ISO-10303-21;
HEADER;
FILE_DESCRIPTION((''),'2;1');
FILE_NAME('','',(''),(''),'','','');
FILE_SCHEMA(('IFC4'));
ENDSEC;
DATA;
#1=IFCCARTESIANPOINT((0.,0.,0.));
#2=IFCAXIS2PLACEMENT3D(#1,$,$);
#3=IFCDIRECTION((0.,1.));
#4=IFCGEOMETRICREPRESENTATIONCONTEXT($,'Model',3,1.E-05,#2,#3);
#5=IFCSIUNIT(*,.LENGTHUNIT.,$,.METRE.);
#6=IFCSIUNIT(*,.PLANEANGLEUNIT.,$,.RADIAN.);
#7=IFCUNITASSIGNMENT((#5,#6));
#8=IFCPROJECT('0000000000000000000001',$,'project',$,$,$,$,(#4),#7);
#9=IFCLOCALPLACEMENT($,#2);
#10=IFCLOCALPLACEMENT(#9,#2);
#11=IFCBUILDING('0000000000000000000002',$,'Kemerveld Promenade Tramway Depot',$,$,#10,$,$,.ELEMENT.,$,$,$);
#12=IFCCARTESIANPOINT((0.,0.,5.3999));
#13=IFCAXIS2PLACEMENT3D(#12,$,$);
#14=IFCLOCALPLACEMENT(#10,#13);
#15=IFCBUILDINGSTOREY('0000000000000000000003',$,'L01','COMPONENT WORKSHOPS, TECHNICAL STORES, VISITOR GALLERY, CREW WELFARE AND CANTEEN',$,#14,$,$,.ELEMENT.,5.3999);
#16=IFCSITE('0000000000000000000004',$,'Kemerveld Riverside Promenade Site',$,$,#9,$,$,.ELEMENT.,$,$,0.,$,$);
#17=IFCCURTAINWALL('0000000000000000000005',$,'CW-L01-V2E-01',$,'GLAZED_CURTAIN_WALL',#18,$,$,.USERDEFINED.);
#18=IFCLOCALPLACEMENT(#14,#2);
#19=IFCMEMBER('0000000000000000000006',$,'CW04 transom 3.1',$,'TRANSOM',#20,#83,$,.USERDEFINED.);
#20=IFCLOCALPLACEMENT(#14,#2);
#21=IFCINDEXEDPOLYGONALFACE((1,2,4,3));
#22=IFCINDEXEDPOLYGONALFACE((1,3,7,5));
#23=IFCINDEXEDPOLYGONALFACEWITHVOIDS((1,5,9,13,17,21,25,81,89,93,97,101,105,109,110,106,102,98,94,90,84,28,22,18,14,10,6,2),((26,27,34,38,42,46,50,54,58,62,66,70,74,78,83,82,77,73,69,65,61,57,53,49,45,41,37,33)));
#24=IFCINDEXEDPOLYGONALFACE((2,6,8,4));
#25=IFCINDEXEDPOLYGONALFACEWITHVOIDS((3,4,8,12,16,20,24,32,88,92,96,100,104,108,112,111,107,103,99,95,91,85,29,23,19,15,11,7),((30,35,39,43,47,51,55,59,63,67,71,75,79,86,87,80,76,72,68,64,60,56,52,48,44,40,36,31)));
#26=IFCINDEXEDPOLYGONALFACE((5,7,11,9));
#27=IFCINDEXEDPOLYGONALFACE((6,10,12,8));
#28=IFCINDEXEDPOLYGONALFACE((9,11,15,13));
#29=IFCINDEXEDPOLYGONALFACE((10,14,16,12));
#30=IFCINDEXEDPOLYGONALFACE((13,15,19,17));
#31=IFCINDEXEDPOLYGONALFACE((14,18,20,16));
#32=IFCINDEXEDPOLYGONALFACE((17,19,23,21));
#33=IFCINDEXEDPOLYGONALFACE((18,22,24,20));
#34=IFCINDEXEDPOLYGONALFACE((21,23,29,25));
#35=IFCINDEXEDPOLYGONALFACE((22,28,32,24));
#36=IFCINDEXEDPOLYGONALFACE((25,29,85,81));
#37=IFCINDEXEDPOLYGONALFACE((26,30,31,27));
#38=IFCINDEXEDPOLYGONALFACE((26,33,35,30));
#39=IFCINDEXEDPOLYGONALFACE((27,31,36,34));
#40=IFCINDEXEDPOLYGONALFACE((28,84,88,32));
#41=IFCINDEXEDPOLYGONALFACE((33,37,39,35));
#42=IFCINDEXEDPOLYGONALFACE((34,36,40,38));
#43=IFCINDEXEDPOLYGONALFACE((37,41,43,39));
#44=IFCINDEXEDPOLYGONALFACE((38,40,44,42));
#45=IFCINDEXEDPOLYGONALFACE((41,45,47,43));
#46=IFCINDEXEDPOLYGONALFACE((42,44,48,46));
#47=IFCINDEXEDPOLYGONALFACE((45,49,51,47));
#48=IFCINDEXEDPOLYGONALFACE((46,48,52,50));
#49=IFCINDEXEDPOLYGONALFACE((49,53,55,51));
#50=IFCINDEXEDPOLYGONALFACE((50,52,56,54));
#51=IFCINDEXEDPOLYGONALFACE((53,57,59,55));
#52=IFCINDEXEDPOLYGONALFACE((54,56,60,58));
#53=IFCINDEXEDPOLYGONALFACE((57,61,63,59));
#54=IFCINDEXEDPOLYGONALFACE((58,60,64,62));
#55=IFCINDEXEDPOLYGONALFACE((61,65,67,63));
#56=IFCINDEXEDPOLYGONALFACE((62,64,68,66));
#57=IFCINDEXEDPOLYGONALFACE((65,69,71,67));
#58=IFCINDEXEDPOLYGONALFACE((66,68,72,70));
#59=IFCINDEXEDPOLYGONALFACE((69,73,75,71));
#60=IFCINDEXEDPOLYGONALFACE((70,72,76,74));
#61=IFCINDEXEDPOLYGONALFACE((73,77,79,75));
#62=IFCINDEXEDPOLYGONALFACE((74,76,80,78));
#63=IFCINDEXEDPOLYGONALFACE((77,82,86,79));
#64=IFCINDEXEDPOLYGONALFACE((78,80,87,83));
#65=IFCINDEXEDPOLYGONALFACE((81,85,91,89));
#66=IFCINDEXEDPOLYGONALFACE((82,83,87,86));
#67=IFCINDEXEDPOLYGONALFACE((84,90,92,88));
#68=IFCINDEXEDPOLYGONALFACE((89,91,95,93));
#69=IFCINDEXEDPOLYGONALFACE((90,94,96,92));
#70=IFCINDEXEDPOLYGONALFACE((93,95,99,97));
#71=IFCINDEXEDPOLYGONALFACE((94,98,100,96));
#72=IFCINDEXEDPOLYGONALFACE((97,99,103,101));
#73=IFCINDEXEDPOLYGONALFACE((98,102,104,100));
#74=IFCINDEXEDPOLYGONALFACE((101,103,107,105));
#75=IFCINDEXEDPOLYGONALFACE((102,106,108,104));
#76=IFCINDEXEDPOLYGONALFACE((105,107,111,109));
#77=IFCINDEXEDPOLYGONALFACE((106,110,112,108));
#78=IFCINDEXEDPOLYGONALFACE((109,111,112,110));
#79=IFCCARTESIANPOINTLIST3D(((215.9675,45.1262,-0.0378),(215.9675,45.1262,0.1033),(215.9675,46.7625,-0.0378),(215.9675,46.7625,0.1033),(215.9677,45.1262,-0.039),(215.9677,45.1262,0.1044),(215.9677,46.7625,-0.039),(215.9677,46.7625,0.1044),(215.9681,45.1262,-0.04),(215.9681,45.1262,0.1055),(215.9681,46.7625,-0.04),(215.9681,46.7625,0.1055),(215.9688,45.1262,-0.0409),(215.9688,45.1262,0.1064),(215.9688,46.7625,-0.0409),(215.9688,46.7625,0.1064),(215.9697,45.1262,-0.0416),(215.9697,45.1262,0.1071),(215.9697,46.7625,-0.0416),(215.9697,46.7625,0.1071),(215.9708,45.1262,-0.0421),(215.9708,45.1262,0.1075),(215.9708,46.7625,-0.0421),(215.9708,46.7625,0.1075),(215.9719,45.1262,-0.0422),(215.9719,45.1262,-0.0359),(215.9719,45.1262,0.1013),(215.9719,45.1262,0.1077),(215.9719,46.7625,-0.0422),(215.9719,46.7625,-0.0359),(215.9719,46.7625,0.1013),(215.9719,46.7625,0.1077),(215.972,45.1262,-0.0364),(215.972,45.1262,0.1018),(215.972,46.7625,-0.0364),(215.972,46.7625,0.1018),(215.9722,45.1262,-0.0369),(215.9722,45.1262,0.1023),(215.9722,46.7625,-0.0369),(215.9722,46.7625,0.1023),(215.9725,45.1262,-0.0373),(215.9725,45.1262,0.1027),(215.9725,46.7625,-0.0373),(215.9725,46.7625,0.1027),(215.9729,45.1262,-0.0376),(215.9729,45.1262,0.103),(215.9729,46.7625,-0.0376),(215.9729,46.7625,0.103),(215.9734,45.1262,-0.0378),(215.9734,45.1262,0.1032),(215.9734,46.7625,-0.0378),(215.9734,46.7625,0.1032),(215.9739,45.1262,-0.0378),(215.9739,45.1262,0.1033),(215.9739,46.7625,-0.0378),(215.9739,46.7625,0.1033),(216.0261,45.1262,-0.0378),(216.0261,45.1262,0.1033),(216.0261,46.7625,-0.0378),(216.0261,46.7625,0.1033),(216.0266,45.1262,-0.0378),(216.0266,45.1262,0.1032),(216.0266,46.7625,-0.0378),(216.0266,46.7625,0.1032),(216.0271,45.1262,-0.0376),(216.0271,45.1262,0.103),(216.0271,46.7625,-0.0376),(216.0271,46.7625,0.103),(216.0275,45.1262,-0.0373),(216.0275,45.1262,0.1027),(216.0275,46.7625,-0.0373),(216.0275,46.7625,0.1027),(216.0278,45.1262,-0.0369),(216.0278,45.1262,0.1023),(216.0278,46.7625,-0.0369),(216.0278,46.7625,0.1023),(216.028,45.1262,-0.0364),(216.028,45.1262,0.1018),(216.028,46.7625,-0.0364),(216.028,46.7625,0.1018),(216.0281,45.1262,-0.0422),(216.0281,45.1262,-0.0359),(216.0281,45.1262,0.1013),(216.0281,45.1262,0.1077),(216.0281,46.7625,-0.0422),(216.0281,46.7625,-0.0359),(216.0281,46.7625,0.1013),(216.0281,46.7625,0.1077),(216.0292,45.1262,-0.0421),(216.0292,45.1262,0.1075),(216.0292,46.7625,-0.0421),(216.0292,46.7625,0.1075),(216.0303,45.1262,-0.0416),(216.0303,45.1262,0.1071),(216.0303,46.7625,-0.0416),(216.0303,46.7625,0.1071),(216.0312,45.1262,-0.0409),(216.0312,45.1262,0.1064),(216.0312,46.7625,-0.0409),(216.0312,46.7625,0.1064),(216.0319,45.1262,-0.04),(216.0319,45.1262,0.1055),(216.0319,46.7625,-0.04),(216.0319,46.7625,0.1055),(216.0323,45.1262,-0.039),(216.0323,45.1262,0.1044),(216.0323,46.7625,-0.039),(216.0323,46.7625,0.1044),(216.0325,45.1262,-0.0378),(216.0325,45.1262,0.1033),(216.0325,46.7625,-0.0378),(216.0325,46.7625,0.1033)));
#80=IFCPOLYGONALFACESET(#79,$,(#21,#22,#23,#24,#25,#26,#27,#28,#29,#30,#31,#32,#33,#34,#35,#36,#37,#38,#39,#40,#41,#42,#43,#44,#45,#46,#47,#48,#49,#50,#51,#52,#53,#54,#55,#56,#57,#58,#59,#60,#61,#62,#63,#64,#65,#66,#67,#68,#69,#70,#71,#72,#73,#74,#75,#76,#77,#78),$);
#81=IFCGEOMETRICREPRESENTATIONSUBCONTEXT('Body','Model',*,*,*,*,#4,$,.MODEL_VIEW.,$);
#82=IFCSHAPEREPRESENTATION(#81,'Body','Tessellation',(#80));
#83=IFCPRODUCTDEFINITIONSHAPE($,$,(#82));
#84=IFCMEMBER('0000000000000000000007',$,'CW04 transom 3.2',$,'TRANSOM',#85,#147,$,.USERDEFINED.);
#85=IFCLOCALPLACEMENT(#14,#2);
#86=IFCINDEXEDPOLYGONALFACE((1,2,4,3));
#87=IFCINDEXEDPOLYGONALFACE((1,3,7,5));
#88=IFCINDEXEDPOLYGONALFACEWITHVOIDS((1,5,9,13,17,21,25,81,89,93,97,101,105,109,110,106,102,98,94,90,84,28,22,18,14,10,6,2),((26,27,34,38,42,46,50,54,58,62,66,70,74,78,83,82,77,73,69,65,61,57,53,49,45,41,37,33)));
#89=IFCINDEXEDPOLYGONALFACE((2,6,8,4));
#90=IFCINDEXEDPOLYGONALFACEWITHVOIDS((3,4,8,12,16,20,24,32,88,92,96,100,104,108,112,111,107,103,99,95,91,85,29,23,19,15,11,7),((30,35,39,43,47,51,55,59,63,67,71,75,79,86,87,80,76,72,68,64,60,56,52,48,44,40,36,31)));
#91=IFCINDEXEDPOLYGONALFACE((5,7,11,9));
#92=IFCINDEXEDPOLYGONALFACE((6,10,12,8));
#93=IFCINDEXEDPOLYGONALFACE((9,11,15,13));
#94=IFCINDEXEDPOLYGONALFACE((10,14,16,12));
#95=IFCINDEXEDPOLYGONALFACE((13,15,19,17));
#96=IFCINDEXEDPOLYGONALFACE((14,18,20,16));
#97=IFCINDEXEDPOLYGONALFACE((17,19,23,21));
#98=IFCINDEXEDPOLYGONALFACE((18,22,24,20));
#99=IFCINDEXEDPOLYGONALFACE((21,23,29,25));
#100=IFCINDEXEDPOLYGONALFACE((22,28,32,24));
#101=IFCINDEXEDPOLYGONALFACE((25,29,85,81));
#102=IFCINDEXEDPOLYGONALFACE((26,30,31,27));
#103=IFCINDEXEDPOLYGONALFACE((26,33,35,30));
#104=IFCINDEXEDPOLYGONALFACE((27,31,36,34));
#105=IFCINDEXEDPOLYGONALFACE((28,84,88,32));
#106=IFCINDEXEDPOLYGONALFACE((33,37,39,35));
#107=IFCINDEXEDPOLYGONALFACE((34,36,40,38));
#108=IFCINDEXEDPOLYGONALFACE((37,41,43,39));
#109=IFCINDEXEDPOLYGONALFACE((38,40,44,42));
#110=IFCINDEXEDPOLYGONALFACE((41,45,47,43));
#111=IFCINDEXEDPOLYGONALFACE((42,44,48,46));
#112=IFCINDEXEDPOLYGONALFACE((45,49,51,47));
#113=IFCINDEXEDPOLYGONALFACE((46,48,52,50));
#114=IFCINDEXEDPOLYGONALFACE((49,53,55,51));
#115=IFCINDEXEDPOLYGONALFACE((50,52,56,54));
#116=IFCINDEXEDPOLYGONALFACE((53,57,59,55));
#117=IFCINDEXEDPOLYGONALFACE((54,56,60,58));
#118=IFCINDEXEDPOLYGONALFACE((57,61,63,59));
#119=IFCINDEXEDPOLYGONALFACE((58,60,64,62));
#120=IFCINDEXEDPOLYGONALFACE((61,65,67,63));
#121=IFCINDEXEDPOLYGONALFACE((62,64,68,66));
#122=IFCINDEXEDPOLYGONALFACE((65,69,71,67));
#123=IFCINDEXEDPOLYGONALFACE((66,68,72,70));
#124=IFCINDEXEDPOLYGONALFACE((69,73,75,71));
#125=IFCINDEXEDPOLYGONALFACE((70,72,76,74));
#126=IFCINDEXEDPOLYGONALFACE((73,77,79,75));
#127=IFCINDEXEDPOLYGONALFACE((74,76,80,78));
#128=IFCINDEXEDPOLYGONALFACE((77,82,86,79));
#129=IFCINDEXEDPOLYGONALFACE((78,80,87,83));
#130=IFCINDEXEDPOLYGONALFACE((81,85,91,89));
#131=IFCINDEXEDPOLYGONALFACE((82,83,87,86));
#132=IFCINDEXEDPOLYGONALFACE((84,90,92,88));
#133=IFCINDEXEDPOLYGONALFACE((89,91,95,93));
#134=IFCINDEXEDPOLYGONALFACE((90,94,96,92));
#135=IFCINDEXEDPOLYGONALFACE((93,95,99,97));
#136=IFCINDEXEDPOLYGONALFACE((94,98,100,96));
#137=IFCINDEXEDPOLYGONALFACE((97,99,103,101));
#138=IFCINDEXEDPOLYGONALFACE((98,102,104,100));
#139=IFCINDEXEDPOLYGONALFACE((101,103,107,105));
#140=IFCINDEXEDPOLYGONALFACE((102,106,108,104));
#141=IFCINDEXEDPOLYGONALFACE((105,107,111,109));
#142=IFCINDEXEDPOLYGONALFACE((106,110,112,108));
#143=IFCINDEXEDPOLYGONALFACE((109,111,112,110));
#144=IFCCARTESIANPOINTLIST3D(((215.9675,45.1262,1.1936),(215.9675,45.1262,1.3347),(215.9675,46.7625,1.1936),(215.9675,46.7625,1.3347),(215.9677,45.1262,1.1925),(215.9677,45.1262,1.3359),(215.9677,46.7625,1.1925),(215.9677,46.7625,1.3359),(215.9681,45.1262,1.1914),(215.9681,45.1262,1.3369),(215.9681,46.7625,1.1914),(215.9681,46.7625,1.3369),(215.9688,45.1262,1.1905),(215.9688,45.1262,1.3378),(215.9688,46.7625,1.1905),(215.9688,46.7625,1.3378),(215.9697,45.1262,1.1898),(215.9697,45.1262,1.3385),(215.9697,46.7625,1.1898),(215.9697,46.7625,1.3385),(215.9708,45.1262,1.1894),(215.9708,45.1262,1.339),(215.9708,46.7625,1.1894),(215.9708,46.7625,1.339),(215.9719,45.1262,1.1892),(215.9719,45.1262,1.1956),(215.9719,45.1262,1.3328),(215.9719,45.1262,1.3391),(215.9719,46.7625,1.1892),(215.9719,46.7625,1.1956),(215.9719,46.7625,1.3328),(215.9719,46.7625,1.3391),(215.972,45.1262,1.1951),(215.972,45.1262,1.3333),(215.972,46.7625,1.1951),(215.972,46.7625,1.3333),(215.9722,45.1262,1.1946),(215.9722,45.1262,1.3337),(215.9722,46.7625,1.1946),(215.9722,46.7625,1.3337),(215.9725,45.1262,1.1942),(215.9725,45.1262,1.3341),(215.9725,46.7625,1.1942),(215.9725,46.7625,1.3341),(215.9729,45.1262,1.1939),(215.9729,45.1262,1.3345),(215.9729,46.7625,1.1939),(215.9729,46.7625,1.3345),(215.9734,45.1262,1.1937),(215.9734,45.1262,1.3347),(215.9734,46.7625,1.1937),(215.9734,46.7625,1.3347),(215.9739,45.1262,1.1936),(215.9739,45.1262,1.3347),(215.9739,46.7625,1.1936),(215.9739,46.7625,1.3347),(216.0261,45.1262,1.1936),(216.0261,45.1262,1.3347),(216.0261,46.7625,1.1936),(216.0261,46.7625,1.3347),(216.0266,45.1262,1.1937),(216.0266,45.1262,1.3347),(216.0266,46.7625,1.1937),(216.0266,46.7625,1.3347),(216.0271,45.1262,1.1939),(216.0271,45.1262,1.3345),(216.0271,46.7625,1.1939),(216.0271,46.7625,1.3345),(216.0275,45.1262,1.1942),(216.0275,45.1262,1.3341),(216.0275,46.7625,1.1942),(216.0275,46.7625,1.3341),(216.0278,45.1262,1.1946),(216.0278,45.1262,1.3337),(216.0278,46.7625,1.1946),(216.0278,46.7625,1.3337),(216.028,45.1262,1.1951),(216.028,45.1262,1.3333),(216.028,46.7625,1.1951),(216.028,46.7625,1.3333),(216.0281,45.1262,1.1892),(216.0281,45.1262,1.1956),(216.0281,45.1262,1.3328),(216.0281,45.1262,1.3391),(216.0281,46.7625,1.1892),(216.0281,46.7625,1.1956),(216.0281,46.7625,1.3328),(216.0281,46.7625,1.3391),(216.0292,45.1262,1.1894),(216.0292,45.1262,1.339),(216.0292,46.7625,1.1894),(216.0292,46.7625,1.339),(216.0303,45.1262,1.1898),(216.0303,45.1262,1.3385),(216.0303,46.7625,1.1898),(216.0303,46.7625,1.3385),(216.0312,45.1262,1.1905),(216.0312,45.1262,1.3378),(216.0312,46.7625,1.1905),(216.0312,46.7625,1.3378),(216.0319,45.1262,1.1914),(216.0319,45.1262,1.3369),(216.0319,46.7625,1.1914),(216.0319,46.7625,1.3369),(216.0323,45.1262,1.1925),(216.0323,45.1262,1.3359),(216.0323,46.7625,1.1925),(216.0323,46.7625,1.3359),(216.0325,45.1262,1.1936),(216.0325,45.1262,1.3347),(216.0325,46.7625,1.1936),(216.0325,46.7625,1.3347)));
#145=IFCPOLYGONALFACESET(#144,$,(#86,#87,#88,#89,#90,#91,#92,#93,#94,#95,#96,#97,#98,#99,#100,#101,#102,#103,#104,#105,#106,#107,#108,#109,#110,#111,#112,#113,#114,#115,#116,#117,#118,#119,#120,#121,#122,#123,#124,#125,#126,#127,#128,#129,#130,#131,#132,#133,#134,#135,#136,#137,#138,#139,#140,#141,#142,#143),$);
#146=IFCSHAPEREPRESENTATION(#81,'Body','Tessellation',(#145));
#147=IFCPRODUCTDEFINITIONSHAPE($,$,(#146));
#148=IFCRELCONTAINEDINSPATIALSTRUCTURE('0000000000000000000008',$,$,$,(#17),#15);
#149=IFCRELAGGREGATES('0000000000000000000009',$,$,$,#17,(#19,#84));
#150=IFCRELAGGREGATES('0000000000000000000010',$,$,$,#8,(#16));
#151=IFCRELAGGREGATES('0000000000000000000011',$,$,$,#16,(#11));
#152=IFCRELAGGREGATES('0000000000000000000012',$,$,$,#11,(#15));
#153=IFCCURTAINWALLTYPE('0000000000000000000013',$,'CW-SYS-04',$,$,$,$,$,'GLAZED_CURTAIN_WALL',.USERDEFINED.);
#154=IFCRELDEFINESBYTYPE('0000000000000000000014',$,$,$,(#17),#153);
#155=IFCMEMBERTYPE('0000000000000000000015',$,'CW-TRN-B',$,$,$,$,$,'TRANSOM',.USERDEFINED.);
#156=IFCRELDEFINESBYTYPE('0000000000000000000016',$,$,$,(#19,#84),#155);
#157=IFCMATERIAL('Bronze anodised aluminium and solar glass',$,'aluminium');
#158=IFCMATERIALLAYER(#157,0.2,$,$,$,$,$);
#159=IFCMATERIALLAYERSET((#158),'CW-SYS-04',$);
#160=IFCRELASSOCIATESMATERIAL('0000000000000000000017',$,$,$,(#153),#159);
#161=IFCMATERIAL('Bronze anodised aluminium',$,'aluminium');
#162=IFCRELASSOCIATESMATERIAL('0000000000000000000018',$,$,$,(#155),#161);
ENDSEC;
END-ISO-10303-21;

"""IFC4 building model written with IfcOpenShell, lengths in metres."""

from ifc_helpers import new_model, si_unit, direction, frame, origin, origin_2d, place, context, subcontext, project, spatial, hollow_rectangle, extrude, material, layer, layer_set, material_profile, profile_set, type_object, element, aggregate, save


model = new_model("IFC4")

# Units and contexts
model_context = context("Model", 3, precision=1e-05, world=origin(), true_north=direction((0.0, 1.0)))
body_context = subcontext(model_context, "Body", "Model", "MODEL_VIEW")
ifc_project = project(units=[si_unit("LENGTHUNIT", "METRE"), si_unit("PLANEANGLEUNIT", "RADIAN")], contexts=[model_context])

# Site, building, storey
site_placement = place(None, origin())
site = spatial("IfcSite", under=ifc_project, at=site_placement, Name="Kemerveld Riverside Promenade Site", CompositionType="ELEMENT", RefElevation=0.0)
building_placement = place(site_placement, origin())
building = spatial("IfcBuilding", under=site, at=building_placement, Name="Kemerveld Promenade Tramway Depot", CompositionType="ELEMENT")
storey_placement = place(building_placement, frame((0.0, 0.0, 5.3999)))
storey = spatial("IfcBuildingStorey", under=building, at=storey_placement, Name="L01", Description="COMPONENT WORKSHOPS, TECHNICAL STORES, VISITOR GALLERY, CREW WELFARE AND CANTEEN", CompositionType="ELEMENT", Elevation=5.3999)

# Shared definitions
ifc_material_1 = material(Name="Bronze anodised aluminium and solar glass", Category="aluminium")
ifc_material_2 = material(Name="Bronze anodised aluminium", Category="aluminium")

# Curtain wall, members
ifc_layer_1 = layer(ifc_material_1, 0.2)
ifc_layer_set_1 = layer_set([ifc_layer_1], Name="CW-SYS-04")
curtain_wall_type_1 = type_object("IfcCurtainWallType", Name="CW-SYS-04", ElementType="GLAZED_CURTAIN_WALL", PredefinedType="USERDEFINED", material=ifc_layer_set_1)
curtain_wall_1_placement = place(storey_placement, origin())
curtain_wall_1 = element("IfcCurtainWall", 1, at=curtain_wall_1_placement, inside=storey, type_object=curtain_wall_type_1, Name="CW-L01-V2E-01", ObjectType="GLAZED_CURTAIN_WALL", PredefinedType="USERDEFINED")
ifc_material_profile_1 = material_profile(ifc_material_2, hollow_rectangle(XDim=0.0649, YDim=0.1499, WallThickness=0.0044, InnerFilletRadius=0.002, OuterFilletRadius=0.0044, at=origin_2d()), Name="CW-TRN-150x65")
ifc_profile_set_1 = profile_set([ifc_material_profile_1], Name="Bronze anodised aluminium")
member_type_1 = type_object("IfcMemberType", Name="CW-TRN-B", ElementType="TRANSOM", PredefinedType="USERDEFINED", material=ifc_profile_set_1)
member_1_placement = place(storey_placement, frame((216.0, 46.7625, 0.0327), z_axis=(0.0, -1.0, 0.0), x_axis=(1.0, 0.0, 0.0)))
member_1 = element("IfcMember", 2, at=member_1_placement, type_object=member_type_1, Name="CW04 transom 3.1", ObjectType="TRANSOM", PredefinedType="USERDEFINED", context=body_context, shape_type="SweptSolid", body=[
    extrude(hollow_rectangle(XDim=0.0649, YDim=0.1499, WallThickness=0.0044, InnerFilletRadius=0.002, OuterFilletRadius=0.0044, at=origin_2d()), origin(), (0.0, 0.0, 1.0), 1.6362),
])
member_2_placement = place(storey_placement, frame((216.0, 46.7625, 1.2642), z_axis=(0.0, -1.0, 0.0), x_axis=(1.0, 0.0, 0.0)))
member_2 = element("IfcMember", 3, at=member_2_placement, type_object=member_type_1, Name="CW04 transom 3.2", ObjectType="TRANSOM", PredefinedType="USERDEFINED", context=body_context, shape_type="SweptSolid", body=[
    extrude(hollow_rectangle(XDim=0.0649, YDim=0.1499, WallThickness=0.0044, InnerFilletRadius=0.002, OuterFilletRadius=0.0044, at=origin_2d()), origin(), (0.0, 0.0, 1.0), 1.6362),
])

aggregate(curtain_wall_1, [member_1, member_2])

save(model, "model.ifc")
